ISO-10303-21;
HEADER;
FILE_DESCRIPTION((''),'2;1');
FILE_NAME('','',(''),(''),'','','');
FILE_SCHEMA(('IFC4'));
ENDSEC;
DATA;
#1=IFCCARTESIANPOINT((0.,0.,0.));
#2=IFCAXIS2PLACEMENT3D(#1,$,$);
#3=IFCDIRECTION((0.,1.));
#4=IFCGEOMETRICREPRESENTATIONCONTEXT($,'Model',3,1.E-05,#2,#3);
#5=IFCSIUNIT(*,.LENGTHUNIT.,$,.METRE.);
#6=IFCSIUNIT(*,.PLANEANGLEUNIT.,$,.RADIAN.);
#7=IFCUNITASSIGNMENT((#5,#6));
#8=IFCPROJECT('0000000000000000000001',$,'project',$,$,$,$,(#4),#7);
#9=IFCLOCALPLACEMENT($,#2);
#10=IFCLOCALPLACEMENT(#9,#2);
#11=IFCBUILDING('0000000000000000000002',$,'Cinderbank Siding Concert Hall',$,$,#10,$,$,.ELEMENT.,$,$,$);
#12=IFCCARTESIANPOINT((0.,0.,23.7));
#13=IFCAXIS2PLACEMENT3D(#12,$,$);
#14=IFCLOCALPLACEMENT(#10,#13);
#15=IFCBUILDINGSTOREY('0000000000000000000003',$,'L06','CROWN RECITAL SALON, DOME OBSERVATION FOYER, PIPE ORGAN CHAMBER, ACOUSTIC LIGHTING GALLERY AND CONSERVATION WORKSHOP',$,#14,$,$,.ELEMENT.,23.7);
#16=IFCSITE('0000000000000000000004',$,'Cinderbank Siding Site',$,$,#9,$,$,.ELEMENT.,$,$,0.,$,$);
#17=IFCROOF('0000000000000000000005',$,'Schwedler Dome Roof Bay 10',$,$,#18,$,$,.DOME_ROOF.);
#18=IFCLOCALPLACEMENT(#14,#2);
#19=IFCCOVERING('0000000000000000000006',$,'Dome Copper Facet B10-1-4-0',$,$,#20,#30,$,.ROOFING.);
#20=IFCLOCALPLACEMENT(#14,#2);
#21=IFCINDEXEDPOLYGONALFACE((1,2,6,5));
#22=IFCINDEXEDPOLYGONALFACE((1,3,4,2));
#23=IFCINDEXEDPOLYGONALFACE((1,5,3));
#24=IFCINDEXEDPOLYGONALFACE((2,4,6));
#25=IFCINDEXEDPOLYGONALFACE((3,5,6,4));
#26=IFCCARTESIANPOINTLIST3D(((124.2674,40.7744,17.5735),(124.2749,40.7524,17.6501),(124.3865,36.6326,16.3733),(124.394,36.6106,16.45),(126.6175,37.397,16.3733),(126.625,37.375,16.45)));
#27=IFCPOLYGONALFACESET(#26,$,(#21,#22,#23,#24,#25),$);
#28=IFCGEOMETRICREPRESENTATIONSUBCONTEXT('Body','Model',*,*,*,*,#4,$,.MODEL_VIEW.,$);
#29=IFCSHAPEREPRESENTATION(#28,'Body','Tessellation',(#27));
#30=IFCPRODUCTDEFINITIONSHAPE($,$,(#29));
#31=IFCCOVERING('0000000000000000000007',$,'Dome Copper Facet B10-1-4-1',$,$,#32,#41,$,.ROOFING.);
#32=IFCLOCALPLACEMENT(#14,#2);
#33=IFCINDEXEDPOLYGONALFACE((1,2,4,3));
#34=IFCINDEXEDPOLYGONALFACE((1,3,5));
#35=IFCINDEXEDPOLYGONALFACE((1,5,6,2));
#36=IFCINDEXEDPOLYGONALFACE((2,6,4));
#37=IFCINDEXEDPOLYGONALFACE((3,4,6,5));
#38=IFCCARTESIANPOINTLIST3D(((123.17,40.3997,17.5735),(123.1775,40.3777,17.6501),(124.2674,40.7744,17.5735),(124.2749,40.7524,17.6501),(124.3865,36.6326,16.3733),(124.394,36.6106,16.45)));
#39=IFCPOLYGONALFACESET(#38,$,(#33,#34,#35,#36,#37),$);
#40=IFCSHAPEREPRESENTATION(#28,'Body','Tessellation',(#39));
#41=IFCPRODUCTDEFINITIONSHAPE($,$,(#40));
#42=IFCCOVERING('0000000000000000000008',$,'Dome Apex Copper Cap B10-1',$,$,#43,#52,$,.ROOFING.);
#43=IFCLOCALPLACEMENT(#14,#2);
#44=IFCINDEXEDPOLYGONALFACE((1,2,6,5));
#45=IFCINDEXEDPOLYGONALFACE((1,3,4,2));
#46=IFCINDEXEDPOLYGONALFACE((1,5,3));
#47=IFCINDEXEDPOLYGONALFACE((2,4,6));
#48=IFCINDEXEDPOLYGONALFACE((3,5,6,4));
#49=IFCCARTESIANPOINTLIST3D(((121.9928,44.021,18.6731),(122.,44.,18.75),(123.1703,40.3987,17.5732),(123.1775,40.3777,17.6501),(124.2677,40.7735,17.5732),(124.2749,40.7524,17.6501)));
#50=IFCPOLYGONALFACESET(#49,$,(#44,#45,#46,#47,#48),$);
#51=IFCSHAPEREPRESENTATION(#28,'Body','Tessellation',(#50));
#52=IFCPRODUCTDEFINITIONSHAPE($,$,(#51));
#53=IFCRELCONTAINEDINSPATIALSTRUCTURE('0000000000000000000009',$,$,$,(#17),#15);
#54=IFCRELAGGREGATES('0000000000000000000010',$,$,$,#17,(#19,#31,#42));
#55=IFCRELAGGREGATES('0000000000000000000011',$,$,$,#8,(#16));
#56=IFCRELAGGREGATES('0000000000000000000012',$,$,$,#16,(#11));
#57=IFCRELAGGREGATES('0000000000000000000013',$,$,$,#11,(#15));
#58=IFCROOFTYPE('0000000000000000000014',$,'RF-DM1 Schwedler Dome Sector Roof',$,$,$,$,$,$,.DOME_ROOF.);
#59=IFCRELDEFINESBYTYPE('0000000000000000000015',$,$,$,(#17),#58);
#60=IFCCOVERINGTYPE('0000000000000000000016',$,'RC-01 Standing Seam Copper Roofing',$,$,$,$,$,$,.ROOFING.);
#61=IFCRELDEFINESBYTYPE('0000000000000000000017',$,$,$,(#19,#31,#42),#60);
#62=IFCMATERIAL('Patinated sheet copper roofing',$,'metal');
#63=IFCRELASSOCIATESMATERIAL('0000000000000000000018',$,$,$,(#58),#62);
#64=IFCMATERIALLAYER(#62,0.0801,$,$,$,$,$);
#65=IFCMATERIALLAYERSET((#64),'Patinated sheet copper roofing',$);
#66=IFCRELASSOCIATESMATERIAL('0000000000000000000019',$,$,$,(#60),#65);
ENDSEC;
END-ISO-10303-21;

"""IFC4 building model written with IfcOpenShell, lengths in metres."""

from ifc_helpers import new_model, si_unit, direction, frame, origin, place, context, subcontext, project, spatial, polyline, outline, extrude, material, layer, layer_set, type_object, element, aggregate, save


model = new_model("IFC4")

# Units and contexts
model_context = context("Model", 3, precision=1e-05, world=origin(), true_north=direction((0.0, 1.0)))
body_context = subcontext(model_context, "Body", "Model", "MODEL_VIEW")
ifc_project = project(units=[si_unit("LENGTHUNIT", "METRE"), si_unit("PLANEANGLEUNIT", "RADIAN")], contexts=[model_context])

# Site, building, storey
site_placement = place(None, origin())
site = spatial("IfcSite", under=ifc_project, at=site_placement, Name="Cinderbank Siding Site", CompositionType="ELEMENT", RefElevation=0.0)
building_placement = place(site_placement, origin())
building = spatial("IfcBuilding", under=site, at=building_placement, Name="Cinderbank Siding Concert Hall", CompositionType="ELEMENT")
storey_placement = place(building_placement, frame((0.0, 0.0, 23.7)))
storey = spatial("IfcBuildingStorey", under=building, at=storey_placement, Name="L06", Description="CROWN RECITAL SALON, DOME OBSERVATION FOYER, PIPE ORGAN CHAMBER, ACOUSTIC LIGHTING GALLERY AND CONSERVATION WORKSHOP", CompositionType="ELEMENT", Elevation=23.7)

# Roof, coverings
ifc_material_1 = material(Name="Patinated sheet copper roofing", Category="metal")
roof_type = type_object("IfcRoofType", Name="RF-DM1 Schwedler Dome Sector Roof", PredefinedType="DOME_ROOF", material=ifc_material_1)
roof_placement = place(storey_placement, origin())
roof = element("IfcRoof", 1, at=roof_placement, inside=storey, type_object=roof_type, Name="Schwedler Dome Roof Bay 10", PredefinedType="DOME_ROOF")
ifc_layer_1 = layer(ifc_material_1, 0.0801)
ifc_layer_set_1 = layer_set([ifc_layer_1], Name="Patinated sheet copper roofing")
covering_type = type_object("IfcCoveringType", Name="RC-01 Standing Seam Copper Roofing", PredefinedType="ROOFING", material=ifc_layer_set_1)
covering_1_placement = place(storey_placement, frame((124.394, 36.6106, 16.45), z_axis=(0.094085, -0.274591, 0.956947), x_axis=(0.94601, 0.324136, 0.0)))
covering_1 = element("IfcCovering", 2, at=covering_1_placement, type_object=covering_type, Name="Dome Copper Facet B10-1-4-0", PredefinedType="ROOFING", context=body_context, shape_type="SweptSolid", body=[
    extrude(outline(polyline([(0.0, 0.0), (2.3583, 0.0), (1.2298, 4.1349), (0.0, 0.0)])), origin(), (0.0, 0.0, -1.0), 0.0801),
])
covering_2_placement = place(storey_placement, frame((124.394, 36.6106, 16.45), z_axis=(0.093776, -0.274607, 0.956973), x_axis=(-0.027618, 0.960121, 0.278217)))
covering_2 = element("IfcCovering", 3, at=covering_2_placement, type_object=covering_type, Name="Dome Copper Facet B10-1-4-1", PredefinedType="ROOFING", context=body_context, shape_type="SweptSolid", body=[
    extrude(outline(polyline([(0.0, 0.0), (4.3139, 0.0), (3.9844, 1.1118), (0.0, 0.0)])), origin(), (0.0, 0.0, -1.0), 0.0801),
])
covering_3_placement = place(storey_placement, frame((123.1775, 40.3777, 17.6501), z_axis=(0.089664, -0.262565, 0.960739), x_axis=(0.946342, 0.323167, 0.0)))
covering_3 = element("IfcCovering", 4, at=covering_3_placement, type_object=covering_type, Name="Dome Apex Copper Cap B10-1", PredefinedType="ROOFING", context=body_context, shape_type="SweptSolid", body=[
    extrude(outline(polyline([(0.0, 0.0), (1.1596, 0.0), (0.0563, 3.9641), (0.0, 0.0)])), origin(), (0.0, 0.0, -1.0), 0.0801),
])
aggregate(roof, [covering_1, covering_2, covering_3])

save(model, "model.ifc")
